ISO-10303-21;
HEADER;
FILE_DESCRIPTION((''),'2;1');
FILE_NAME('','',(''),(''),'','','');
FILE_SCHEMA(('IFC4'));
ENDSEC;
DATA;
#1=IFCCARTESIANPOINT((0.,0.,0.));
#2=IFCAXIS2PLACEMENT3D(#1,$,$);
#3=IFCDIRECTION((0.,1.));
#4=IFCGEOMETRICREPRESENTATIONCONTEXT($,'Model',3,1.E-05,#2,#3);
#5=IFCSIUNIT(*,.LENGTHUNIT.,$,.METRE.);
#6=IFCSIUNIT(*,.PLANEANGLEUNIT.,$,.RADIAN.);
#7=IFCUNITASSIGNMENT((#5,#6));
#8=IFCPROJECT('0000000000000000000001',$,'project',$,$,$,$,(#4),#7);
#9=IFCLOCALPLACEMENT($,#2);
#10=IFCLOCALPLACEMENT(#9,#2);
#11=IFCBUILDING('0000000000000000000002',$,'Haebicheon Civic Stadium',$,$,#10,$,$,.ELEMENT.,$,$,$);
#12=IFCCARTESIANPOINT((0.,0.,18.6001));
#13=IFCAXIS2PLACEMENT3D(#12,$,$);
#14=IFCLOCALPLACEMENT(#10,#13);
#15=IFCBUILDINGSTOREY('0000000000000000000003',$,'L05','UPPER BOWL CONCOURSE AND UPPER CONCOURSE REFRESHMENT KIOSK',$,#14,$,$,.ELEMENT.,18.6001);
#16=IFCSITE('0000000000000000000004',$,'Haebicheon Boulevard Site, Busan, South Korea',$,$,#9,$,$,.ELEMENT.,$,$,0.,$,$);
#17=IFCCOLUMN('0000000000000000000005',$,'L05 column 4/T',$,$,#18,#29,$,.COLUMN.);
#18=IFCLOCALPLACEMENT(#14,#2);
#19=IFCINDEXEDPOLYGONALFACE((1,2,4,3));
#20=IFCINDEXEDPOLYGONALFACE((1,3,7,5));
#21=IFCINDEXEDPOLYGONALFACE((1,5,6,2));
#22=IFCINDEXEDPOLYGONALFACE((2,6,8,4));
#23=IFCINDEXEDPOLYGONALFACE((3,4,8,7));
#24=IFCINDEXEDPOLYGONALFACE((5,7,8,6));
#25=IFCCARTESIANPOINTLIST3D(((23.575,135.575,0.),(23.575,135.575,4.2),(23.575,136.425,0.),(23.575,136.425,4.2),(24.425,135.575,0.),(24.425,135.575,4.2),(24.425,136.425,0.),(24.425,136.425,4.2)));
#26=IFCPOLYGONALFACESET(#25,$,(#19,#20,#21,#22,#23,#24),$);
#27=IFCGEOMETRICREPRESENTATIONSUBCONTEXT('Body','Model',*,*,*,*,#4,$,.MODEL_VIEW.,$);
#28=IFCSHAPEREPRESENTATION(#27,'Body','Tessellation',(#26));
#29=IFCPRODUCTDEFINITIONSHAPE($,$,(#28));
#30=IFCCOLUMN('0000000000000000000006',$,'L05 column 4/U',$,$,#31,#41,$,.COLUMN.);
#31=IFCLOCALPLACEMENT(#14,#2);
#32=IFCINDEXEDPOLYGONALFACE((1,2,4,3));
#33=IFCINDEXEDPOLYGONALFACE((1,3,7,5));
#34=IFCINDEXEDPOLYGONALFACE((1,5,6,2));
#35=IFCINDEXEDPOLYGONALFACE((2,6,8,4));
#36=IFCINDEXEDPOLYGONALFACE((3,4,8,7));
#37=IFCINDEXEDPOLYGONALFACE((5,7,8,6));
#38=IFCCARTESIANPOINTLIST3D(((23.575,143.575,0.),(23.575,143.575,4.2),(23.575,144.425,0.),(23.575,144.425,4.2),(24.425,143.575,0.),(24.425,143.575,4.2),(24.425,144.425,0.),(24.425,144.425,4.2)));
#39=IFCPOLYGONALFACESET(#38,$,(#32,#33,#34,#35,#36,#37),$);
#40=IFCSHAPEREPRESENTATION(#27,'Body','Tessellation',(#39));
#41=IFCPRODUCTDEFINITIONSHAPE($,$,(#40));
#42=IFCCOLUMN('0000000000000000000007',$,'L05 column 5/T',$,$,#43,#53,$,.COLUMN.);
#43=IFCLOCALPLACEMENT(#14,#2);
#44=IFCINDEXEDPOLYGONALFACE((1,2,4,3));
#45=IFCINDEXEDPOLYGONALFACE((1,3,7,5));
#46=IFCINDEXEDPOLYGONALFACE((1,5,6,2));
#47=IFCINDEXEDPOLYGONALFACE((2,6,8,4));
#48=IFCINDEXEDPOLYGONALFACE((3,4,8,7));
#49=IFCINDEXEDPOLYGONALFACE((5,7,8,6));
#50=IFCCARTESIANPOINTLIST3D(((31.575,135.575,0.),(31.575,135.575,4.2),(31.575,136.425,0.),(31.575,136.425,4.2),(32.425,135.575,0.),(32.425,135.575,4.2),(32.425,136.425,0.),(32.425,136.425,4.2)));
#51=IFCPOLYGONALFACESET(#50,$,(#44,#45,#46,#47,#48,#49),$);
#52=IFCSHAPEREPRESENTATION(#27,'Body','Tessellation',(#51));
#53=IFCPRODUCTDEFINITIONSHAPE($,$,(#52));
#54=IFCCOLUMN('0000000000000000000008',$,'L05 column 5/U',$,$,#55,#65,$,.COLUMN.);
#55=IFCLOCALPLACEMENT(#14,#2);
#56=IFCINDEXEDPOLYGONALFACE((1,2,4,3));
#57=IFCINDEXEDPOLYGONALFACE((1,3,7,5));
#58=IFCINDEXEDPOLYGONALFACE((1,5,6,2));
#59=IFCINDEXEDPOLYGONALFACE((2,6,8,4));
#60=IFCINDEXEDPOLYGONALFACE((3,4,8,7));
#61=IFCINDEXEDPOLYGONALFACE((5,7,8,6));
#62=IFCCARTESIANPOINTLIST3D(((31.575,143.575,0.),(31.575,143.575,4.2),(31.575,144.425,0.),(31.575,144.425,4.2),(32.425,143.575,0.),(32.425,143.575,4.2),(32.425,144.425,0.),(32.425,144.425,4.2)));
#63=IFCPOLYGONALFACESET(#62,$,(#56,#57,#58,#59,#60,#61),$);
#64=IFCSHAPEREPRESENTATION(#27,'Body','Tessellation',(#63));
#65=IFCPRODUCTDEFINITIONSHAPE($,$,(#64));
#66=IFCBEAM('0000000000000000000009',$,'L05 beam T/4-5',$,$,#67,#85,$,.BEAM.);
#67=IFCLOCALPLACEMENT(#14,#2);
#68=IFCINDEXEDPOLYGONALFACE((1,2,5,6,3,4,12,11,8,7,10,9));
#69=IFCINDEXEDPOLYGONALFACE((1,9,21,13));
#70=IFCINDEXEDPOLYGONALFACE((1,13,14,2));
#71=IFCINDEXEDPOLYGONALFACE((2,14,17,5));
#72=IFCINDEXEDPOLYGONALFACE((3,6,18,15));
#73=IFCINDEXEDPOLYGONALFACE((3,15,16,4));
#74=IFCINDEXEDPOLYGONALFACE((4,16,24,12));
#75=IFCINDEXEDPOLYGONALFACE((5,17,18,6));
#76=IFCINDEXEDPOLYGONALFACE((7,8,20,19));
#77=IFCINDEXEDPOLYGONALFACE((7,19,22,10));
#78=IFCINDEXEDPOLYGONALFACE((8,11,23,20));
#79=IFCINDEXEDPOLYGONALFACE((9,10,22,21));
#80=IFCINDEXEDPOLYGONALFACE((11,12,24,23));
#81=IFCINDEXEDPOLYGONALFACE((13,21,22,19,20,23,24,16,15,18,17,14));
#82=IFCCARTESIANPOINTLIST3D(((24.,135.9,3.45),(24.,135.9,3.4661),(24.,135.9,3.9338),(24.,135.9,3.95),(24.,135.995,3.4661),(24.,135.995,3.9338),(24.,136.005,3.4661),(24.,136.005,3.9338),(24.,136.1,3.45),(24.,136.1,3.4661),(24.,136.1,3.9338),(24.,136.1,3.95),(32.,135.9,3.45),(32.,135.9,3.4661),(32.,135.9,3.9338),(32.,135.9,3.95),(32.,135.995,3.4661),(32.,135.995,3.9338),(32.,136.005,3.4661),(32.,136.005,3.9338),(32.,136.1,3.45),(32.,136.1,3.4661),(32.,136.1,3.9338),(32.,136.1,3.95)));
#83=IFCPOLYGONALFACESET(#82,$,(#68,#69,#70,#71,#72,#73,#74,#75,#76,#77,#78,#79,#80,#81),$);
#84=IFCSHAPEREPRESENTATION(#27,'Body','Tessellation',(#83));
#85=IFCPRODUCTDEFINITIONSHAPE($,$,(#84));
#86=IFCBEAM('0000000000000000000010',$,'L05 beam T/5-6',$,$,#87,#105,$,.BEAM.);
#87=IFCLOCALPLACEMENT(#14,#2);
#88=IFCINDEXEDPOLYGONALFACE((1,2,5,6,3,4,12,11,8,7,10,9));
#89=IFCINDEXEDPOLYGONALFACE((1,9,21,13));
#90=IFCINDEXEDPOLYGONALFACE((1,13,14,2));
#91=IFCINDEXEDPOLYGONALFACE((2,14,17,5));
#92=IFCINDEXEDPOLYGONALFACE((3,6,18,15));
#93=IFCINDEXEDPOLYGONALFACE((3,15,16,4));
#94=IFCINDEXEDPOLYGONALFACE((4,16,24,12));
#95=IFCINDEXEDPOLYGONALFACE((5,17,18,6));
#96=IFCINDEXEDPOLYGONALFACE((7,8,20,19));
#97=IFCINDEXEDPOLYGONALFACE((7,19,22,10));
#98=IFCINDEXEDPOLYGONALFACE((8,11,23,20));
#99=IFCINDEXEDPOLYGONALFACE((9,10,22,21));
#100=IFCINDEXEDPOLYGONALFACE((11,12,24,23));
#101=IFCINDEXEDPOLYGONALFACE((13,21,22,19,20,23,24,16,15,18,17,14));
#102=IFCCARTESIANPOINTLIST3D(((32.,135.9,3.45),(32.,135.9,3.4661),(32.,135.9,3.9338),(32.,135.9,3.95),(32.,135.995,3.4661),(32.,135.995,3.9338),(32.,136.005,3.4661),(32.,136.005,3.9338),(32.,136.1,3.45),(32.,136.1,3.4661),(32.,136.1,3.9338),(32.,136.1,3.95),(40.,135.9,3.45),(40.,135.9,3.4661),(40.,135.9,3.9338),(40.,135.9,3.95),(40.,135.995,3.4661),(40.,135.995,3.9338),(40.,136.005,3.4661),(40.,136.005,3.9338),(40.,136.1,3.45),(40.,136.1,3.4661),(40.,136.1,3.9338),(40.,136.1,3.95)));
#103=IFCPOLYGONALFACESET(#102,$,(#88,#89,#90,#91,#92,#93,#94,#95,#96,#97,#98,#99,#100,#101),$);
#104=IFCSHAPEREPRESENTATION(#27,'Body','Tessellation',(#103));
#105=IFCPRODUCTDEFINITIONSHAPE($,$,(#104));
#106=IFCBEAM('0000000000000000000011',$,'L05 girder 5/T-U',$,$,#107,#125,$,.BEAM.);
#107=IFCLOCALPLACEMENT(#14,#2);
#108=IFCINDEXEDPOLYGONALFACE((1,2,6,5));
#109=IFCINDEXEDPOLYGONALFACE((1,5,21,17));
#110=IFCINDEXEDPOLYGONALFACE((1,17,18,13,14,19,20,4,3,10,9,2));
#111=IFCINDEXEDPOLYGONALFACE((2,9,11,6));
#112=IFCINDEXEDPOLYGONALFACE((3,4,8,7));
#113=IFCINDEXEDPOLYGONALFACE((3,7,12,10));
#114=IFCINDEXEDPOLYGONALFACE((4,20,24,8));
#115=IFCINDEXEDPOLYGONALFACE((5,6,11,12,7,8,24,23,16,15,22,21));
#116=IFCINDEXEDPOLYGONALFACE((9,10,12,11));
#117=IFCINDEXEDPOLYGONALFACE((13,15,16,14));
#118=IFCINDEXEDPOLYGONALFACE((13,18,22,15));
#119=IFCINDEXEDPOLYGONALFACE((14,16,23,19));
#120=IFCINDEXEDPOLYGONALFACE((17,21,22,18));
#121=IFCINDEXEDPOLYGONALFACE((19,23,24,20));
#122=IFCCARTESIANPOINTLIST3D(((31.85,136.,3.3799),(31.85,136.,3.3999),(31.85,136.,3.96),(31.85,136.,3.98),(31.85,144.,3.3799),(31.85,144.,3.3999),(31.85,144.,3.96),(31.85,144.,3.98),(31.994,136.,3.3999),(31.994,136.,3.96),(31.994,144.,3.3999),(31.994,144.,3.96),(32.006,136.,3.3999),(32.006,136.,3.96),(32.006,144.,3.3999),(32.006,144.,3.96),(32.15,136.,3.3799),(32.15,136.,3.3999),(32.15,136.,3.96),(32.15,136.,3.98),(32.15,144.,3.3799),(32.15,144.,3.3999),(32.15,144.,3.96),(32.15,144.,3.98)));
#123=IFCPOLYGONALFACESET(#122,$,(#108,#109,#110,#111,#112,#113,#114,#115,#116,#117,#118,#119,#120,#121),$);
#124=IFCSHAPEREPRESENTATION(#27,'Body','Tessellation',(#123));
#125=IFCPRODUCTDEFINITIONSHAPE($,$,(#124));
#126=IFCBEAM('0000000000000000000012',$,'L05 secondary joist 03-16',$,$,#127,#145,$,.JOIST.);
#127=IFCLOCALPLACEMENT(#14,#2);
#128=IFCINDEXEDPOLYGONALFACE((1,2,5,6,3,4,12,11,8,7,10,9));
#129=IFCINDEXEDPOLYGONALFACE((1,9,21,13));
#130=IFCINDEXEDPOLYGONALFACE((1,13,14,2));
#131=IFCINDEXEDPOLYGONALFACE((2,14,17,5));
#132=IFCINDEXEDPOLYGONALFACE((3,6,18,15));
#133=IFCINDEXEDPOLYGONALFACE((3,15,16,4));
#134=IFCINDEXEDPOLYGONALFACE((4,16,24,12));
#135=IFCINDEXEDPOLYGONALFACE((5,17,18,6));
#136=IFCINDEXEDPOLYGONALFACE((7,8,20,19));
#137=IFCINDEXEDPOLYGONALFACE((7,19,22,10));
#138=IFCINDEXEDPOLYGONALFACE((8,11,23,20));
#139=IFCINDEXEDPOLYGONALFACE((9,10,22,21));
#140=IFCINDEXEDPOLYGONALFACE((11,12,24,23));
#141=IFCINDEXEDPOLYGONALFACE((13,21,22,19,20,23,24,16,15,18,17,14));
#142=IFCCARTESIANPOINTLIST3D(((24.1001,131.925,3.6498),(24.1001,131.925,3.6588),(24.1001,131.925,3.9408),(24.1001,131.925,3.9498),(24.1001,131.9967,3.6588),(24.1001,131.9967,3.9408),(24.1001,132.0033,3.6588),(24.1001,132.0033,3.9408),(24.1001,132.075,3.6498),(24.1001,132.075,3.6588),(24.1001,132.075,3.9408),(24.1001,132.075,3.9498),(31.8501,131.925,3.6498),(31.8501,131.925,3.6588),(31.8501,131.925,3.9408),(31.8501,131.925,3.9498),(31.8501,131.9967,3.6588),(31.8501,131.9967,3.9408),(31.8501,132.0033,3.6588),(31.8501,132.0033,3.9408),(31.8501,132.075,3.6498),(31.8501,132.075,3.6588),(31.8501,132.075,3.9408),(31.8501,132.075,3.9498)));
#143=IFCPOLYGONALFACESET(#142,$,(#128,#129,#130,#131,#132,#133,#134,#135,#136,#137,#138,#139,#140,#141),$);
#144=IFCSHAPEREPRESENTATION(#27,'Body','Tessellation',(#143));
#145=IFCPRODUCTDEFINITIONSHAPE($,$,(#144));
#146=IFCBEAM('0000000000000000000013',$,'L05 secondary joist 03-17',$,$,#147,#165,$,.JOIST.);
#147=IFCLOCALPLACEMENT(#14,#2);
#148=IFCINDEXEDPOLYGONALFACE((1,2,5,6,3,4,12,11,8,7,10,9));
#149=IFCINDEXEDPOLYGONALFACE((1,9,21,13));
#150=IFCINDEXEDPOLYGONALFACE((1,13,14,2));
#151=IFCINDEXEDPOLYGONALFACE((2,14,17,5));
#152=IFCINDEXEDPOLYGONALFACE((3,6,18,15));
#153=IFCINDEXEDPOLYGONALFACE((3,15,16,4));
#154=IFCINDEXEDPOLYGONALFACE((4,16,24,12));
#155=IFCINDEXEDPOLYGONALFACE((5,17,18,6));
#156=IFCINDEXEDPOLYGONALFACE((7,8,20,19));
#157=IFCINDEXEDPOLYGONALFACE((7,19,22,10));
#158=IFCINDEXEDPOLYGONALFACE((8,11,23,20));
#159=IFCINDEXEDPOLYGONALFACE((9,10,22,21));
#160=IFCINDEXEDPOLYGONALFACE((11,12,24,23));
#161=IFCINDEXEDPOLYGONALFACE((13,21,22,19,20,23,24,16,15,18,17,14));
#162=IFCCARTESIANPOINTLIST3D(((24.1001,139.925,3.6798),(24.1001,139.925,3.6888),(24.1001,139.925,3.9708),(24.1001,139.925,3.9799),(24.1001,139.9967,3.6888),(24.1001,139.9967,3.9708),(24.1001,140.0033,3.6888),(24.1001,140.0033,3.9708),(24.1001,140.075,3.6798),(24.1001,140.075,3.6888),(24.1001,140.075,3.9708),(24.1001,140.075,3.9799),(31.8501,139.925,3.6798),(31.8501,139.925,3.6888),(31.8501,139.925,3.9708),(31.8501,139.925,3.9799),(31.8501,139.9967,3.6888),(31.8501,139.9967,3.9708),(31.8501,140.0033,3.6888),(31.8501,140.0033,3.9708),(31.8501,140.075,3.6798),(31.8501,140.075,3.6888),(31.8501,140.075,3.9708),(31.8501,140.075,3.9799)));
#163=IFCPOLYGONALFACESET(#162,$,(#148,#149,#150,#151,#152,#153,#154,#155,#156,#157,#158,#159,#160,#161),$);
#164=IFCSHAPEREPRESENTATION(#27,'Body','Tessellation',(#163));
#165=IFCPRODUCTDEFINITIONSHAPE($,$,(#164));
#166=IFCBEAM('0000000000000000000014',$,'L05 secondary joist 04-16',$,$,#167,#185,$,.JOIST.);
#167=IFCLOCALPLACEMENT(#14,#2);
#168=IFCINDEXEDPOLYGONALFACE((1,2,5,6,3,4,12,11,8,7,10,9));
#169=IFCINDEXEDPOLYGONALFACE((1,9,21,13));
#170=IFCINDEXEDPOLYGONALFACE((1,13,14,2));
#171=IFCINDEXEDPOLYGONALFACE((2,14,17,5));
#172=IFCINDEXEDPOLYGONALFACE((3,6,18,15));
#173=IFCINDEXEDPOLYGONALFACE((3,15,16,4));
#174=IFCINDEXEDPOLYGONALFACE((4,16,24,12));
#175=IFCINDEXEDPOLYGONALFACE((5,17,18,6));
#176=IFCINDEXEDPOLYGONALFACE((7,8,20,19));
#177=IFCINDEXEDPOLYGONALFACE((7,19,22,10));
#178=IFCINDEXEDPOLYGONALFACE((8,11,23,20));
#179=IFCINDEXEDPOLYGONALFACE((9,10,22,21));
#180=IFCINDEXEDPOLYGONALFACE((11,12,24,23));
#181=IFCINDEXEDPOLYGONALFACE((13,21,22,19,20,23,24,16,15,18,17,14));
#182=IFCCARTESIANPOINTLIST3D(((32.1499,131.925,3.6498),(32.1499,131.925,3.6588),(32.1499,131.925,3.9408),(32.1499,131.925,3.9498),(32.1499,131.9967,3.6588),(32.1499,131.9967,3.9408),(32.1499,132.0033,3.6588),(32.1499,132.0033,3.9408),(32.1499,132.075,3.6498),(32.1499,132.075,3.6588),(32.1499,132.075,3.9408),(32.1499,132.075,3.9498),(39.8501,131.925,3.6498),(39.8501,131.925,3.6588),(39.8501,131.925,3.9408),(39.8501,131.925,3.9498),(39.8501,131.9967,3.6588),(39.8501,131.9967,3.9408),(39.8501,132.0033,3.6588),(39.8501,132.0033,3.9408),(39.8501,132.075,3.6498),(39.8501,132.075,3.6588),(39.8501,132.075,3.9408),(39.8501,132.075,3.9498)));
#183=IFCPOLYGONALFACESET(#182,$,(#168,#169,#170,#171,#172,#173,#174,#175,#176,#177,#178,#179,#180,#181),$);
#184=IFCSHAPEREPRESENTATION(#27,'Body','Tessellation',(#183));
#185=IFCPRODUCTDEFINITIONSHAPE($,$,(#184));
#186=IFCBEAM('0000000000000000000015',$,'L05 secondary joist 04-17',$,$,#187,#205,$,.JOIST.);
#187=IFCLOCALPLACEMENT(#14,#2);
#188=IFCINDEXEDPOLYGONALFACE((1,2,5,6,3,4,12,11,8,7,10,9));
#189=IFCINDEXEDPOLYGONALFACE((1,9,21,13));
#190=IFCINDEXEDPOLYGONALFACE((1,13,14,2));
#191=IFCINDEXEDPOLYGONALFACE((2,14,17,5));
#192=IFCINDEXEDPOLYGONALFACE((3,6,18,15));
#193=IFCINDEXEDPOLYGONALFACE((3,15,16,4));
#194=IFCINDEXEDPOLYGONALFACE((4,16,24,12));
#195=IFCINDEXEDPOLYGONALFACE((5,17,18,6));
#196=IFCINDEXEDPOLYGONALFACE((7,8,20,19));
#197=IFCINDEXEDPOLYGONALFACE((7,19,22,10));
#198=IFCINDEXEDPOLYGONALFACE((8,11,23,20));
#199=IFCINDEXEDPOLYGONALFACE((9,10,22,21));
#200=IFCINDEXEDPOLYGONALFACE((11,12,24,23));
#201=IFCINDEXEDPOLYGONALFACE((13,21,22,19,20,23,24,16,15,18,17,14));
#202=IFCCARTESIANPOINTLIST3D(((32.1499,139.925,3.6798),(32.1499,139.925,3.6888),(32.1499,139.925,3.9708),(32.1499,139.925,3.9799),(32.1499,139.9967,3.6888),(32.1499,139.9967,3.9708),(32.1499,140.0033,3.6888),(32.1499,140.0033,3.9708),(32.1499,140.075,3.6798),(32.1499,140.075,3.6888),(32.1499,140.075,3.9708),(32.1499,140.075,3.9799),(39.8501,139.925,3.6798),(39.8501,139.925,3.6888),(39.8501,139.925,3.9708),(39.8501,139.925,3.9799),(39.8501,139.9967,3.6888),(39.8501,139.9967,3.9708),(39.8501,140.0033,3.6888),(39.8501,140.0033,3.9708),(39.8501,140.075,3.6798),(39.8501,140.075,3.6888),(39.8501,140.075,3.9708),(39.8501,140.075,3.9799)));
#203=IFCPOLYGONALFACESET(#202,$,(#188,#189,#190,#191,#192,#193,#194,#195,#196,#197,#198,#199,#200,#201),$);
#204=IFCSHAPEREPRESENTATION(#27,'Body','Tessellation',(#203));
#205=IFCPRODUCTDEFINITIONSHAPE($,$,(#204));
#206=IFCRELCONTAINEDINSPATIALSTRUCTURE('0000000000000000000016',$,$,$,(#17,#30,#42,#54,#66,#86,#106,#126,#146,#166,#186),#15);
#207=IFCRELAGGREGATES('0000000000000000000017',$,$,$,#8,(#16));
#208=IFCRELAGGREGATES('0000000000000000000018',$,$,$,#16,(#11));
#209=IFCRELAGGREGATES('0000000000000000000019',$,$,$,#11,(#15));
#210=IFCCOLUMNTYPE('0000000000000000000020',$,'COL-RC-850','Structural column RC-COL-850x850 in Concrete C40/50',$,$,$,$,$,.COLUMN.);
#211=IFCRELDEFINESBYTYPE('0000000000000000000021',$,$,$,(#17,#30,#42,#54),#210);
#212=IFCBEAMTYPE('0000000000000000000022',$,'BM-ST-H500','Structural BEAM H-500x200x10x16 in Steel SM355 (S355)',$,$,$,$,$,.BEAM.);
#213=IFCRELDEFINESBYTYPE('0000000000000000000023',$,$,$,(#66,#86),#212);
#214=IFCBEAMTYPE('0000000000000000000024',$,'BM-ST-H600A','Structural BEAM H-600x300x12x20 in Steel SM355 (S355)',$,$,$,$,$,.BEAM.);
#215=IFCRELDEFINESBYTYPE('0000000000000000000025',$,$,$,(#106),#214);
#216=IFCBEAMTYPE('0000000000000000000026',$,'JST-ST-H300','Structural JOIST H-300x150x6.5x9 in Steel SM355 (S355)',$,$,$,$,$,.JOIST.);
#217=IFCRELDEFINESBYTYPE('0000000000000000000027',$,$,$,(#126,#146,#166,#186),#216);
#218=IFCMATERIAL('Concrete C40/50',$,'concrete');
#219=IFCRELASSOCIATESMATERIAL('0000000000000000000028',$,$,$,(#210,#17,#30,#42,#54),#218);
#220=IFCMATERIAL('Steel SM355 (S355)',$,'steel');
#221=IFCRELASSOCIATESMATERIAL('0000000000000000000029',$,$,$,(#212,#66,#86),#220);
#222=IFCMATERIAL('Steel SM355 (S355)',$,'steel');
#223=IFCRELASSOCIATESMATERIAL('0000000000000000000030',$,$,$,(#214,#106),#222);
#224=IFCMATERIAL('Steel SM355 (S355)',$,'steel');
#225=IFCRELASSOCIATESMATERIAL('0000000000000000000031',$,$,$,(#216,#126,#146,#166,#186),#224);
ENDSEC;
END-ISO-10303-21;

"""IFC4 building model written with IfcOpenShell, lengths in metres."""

from ifc_helpers import new_model, si_unit, direction, frame, origin, origin_2d, place, context, subcontext, project, spatial, rectangle, i_section, extrude, material, material_profile, profile_set, type_object, element, save


model = new_model("IFC4")

# Units and contexts
model_context = context("Model", 3, precision=1e-05, world=origin(), true_north=direction((0.0, 1.0)))
body_context = subcontext(model_context, "Body", "Model", "MODEL_VIEW")
ifc_project = project(units=[si_unit("LENGTHUNIT", "METRE"), si_unit("PLANEANGLEUNIT", "RADIAN")], contexts=[model_context])

# Site, building, storey
site_placement = place(None, origin())
site = spatial("IfcSite", under=ifc_project, at=site_placement, Name="Haebicheon Boulevard Site, Busan, South Korea", CompositionType="ELEMENT", RefElevation=0.0)
building_placement = place(site_placement, origin())
building = spatial("IfcBuilding", under=site, at=building_placement, Name="Haebicheon Civic Stadium", CompositionType="ELEMENT")
storey_placement = place(building_placement, frame((0.0, 0.0, 18.6001)))
storey = spatial("IfcBuildingStorey", under=building, at=storey_placement, Name="L05", Description="UPPER BOWL CONCOURSE AND UPPER CONCOURSE REFRESHMENT KIOSK", CompositionType="ELEMENT", Elevation=18.6001)

# Columns
ifc_material_1 = material(Name="Concrete C40/50", Category="concrete")
ifc_material_profile_1 = material_profile(ifc_material_1, rectangle(XDim=0.8501, YDim=0.8501, at=origin_2d()), Name="RC-COL-850x850")
ifc_profile_set_1 = profile_set([ifc_material_profile_1], Name="Concrete C40/50")
column_type = type_object("IfcColumnType", Name="COL-RC-850", Description="Structural column RC-COL-850x850 in Concrete C40/50", PredefinedType="COLUMN", material=ifc_profile_set_1)
for number, where, z_axis, x_axis, name in (
    (1, (24.0, 136.0, 0.0), (0.0, 0.0, 1.0), (1.0, 0.0, 0.0), "L05 column 4/T"),
    (2, (24.0, 144.0, 0.0), (0.0, 0.0, 1.0), (1.0, 0.0, 0.0), "L05 column 4/U"),
    (3, (32.0, 136.0, 0.0), (0.0, 0.0, 1.0), (1.0, 0.0, 0.0), "L05 column 5/T"),
    (4, (32.0, 144.0, 0.0), (0.0, 0.0, 1.0), (1.0, 0.0, 0.0), "L05 column 5/U"),
):
    element("IfcColumn", number, at=place(storey_placement, frame(where, z_axis=z_axis, x_axis=x_axis)), inside=storey, type_object=column_type, material=ifc_profile_set_1, Name=name, PredefinedType="COLUMN", context=body_context, shape_type="SweptSolid", body=[
        extrude(rectangle(XDim=0.8501, YDim=0.8501, at=origin_2d()), origin(), (0.0, 0.0, 1.0), 4.2),
    ])

# Beams
ifc_material_2 = material(Name="Steel SM355 (S355)", Category="steel")
ifc_material_profile_2 = material_profile(ifc_material_2, i_section(OverallWidth=0.2, OverallDepth=0.5, WebThickness=0.01, FlangeThickness=0.0161, at=origin_2d()), Name="H-500x200x10x16")
ifc_profile_set_2 = profile_set([ifc_material_profile_2], Name="Steel SM355 (S355)")
beam_type_1 = type_object("IfcBeamType", Name="BM-ST-H500", Description="Structural BEAM H-500x200x10x16 in Steel SM355 (S355)", PredefinedType="BEAM", material=ifc_profile_set_2)
for number, where, z_axis, x_axis, name in (
    (5, (24.0, 136.0, 3.7), (1.0, 0.0, 0.0), (0.0, 1.0, 0.0), "L05 beam T/4-5"),
    (6, (32.0, 136.0, 3.7), (1.0, 0.0, 0.0), (0.0, 1.0, 0.0), "L05 beam T/5-6"),
):
    element("IfcBeam", number, at=place(storey_placement, frame(where, z_axis=z_axis, x_axis=x_axis)), inside=storey, type_object=beam_type_1, material=ifc_profile_set_2, Name=name, PredefinedType="BEAM", context=body_context, shape_type="SweptSolid", body=[
        extrude(i_section(OverallWidth=0.2, OverallDepth=0.5, WebThickness=0.01, FlangeThickness=0.0161, at=origin_2d()), origin(), (0.0, 0.0, 1.0), 8.0),
    ])
ifc_material_3 = material(Name="Steel SM355 (S355)", Category="steel")
ifc_material_profile_3 = material_profile(ifc_material_3, i_section(OverallWidth=0.3, OverallDepth=0.6001, WebThickness=0.012, FlangeThickness=0.02, at=origin_2d()), Name="H-600x300x12x20")
ifc_profile_set_3 = profile_set([ifc_material_profile_3], Name="Steel SM355 (S355)")
beam_type_2 = type_object("IfcBeamType", Name="BM-ST-H600A", Description="Structural BEAM H-600x300x12x20 in Steel SM355 (S355)", PredefinedType="BEAM", material=ifc_profile_set_3)
beam_placement = place(storey_placement, frame((32.0, 136.0, 3.6799), z_axis=(0.0, 1.0, 0.0), x_axis=(-1.0, 0.0, 0.0)))
element("IfcBeam", 7, at=beam_placement, inside=storey, type_object=beam_type_2, material=ifc_profile_set_3, Name="L05 girder 5/T-U", PredefinedType="BEAM", context=body_context, shape_type="SweptSolid", body=[
    extrude(i_section(OverallWidth=0.3, OverallDepth=0.6001, WebThickness=0.012, FlangeThickness=0.02, at=origin_2d()), origin(), (0.0, 0.0, 1.0), 8.0),
])
ifc_material_4 = material(Name="Steel SM355 (S355)", Category="steel")
ifc_material_profile_4 = material_profile(ifc_material_4, i_section(OverallWidth=0.1499, OverallDepth=0.3, WebThickness=0.0066, FlangeThickness=0.009, at=origin_2d()), Name="H-300x150x6.5x9")
ifc_profile_set_4 = profile_set([ifc_material_profile_4], Name="Steel SM355 (S355)")
beam_type_3 = type_object("IfcBeamType", Name="JST-ST-H300", Description="Structural JOIST H-300x150x6.5x9 in Steel SM355 (S355)", PredefinedType="JOIST", material=ifc_profile_set_4)
for number, where, z_axis, x_axis, name in (
    (8, (24.1001, 132.0, 3.7998), (1.0, 0.0, 0.0), (0.0, 1.0, 0.0), "L05 secondary joist 03-16"),
    (9, (24.1001, 140.0, 3.8298), (1.0, 0.0, 0.0), (0.0, 1.0, 0.0), "L05 secondary joist 03-17"),
):
    element("IfcBeam", number, at=place(storey_placement, frame(where, z_axis=z_axis, x_axis=x_axis)), inside=storey, type_object=beam_type_3, material=ifc_profile_set_4, Name=name, PredefinedType="JOIST", context=body_context, shape_type="SweptSolid", body=[
        extrude(i_section(OverallWidth=0.1499, OverallDepth=0.3, WebThickness=0.0066, FlangeThickness=0.009, at=origin_2d()), origin(), (0.0, 0.0, 1.0), 7.75),
    ])
for number, where, z_axis, x_axis, name in (
    (10, (32.1499, 132.0, 3.7998), (1.0, 0.0, 0.0), (0.0, 1.0, 0.0), "L05 secondary joist 04-16"),
    (11, (32.1499, 140.0, 3.8298), (1.0, 0.0, 0.0), (0.0, 1.0, 0.0), "L05 secondary joist 04-17"),
):
    element("IfcBeam", number, at=place(storey_placement, frame(where, z_axis=z_axis, x_axis=x_axis)), inside=storey, type_object=beam_type_3, material=ifc_profile_set_4, Name=name, PredefinedType="JOIST", context=body_context, shape_type="SweptSolid", body=[
        extrude(i_section(OverallWidth=0.1499, OverallDepth=0.3, WebThickness=0.0066, FlangeThickness=0.009, at=origin_2d()), origin(), (0.0, 0.0, 1.0), 7.7002),
    ])

save(model, "model.ifc")
